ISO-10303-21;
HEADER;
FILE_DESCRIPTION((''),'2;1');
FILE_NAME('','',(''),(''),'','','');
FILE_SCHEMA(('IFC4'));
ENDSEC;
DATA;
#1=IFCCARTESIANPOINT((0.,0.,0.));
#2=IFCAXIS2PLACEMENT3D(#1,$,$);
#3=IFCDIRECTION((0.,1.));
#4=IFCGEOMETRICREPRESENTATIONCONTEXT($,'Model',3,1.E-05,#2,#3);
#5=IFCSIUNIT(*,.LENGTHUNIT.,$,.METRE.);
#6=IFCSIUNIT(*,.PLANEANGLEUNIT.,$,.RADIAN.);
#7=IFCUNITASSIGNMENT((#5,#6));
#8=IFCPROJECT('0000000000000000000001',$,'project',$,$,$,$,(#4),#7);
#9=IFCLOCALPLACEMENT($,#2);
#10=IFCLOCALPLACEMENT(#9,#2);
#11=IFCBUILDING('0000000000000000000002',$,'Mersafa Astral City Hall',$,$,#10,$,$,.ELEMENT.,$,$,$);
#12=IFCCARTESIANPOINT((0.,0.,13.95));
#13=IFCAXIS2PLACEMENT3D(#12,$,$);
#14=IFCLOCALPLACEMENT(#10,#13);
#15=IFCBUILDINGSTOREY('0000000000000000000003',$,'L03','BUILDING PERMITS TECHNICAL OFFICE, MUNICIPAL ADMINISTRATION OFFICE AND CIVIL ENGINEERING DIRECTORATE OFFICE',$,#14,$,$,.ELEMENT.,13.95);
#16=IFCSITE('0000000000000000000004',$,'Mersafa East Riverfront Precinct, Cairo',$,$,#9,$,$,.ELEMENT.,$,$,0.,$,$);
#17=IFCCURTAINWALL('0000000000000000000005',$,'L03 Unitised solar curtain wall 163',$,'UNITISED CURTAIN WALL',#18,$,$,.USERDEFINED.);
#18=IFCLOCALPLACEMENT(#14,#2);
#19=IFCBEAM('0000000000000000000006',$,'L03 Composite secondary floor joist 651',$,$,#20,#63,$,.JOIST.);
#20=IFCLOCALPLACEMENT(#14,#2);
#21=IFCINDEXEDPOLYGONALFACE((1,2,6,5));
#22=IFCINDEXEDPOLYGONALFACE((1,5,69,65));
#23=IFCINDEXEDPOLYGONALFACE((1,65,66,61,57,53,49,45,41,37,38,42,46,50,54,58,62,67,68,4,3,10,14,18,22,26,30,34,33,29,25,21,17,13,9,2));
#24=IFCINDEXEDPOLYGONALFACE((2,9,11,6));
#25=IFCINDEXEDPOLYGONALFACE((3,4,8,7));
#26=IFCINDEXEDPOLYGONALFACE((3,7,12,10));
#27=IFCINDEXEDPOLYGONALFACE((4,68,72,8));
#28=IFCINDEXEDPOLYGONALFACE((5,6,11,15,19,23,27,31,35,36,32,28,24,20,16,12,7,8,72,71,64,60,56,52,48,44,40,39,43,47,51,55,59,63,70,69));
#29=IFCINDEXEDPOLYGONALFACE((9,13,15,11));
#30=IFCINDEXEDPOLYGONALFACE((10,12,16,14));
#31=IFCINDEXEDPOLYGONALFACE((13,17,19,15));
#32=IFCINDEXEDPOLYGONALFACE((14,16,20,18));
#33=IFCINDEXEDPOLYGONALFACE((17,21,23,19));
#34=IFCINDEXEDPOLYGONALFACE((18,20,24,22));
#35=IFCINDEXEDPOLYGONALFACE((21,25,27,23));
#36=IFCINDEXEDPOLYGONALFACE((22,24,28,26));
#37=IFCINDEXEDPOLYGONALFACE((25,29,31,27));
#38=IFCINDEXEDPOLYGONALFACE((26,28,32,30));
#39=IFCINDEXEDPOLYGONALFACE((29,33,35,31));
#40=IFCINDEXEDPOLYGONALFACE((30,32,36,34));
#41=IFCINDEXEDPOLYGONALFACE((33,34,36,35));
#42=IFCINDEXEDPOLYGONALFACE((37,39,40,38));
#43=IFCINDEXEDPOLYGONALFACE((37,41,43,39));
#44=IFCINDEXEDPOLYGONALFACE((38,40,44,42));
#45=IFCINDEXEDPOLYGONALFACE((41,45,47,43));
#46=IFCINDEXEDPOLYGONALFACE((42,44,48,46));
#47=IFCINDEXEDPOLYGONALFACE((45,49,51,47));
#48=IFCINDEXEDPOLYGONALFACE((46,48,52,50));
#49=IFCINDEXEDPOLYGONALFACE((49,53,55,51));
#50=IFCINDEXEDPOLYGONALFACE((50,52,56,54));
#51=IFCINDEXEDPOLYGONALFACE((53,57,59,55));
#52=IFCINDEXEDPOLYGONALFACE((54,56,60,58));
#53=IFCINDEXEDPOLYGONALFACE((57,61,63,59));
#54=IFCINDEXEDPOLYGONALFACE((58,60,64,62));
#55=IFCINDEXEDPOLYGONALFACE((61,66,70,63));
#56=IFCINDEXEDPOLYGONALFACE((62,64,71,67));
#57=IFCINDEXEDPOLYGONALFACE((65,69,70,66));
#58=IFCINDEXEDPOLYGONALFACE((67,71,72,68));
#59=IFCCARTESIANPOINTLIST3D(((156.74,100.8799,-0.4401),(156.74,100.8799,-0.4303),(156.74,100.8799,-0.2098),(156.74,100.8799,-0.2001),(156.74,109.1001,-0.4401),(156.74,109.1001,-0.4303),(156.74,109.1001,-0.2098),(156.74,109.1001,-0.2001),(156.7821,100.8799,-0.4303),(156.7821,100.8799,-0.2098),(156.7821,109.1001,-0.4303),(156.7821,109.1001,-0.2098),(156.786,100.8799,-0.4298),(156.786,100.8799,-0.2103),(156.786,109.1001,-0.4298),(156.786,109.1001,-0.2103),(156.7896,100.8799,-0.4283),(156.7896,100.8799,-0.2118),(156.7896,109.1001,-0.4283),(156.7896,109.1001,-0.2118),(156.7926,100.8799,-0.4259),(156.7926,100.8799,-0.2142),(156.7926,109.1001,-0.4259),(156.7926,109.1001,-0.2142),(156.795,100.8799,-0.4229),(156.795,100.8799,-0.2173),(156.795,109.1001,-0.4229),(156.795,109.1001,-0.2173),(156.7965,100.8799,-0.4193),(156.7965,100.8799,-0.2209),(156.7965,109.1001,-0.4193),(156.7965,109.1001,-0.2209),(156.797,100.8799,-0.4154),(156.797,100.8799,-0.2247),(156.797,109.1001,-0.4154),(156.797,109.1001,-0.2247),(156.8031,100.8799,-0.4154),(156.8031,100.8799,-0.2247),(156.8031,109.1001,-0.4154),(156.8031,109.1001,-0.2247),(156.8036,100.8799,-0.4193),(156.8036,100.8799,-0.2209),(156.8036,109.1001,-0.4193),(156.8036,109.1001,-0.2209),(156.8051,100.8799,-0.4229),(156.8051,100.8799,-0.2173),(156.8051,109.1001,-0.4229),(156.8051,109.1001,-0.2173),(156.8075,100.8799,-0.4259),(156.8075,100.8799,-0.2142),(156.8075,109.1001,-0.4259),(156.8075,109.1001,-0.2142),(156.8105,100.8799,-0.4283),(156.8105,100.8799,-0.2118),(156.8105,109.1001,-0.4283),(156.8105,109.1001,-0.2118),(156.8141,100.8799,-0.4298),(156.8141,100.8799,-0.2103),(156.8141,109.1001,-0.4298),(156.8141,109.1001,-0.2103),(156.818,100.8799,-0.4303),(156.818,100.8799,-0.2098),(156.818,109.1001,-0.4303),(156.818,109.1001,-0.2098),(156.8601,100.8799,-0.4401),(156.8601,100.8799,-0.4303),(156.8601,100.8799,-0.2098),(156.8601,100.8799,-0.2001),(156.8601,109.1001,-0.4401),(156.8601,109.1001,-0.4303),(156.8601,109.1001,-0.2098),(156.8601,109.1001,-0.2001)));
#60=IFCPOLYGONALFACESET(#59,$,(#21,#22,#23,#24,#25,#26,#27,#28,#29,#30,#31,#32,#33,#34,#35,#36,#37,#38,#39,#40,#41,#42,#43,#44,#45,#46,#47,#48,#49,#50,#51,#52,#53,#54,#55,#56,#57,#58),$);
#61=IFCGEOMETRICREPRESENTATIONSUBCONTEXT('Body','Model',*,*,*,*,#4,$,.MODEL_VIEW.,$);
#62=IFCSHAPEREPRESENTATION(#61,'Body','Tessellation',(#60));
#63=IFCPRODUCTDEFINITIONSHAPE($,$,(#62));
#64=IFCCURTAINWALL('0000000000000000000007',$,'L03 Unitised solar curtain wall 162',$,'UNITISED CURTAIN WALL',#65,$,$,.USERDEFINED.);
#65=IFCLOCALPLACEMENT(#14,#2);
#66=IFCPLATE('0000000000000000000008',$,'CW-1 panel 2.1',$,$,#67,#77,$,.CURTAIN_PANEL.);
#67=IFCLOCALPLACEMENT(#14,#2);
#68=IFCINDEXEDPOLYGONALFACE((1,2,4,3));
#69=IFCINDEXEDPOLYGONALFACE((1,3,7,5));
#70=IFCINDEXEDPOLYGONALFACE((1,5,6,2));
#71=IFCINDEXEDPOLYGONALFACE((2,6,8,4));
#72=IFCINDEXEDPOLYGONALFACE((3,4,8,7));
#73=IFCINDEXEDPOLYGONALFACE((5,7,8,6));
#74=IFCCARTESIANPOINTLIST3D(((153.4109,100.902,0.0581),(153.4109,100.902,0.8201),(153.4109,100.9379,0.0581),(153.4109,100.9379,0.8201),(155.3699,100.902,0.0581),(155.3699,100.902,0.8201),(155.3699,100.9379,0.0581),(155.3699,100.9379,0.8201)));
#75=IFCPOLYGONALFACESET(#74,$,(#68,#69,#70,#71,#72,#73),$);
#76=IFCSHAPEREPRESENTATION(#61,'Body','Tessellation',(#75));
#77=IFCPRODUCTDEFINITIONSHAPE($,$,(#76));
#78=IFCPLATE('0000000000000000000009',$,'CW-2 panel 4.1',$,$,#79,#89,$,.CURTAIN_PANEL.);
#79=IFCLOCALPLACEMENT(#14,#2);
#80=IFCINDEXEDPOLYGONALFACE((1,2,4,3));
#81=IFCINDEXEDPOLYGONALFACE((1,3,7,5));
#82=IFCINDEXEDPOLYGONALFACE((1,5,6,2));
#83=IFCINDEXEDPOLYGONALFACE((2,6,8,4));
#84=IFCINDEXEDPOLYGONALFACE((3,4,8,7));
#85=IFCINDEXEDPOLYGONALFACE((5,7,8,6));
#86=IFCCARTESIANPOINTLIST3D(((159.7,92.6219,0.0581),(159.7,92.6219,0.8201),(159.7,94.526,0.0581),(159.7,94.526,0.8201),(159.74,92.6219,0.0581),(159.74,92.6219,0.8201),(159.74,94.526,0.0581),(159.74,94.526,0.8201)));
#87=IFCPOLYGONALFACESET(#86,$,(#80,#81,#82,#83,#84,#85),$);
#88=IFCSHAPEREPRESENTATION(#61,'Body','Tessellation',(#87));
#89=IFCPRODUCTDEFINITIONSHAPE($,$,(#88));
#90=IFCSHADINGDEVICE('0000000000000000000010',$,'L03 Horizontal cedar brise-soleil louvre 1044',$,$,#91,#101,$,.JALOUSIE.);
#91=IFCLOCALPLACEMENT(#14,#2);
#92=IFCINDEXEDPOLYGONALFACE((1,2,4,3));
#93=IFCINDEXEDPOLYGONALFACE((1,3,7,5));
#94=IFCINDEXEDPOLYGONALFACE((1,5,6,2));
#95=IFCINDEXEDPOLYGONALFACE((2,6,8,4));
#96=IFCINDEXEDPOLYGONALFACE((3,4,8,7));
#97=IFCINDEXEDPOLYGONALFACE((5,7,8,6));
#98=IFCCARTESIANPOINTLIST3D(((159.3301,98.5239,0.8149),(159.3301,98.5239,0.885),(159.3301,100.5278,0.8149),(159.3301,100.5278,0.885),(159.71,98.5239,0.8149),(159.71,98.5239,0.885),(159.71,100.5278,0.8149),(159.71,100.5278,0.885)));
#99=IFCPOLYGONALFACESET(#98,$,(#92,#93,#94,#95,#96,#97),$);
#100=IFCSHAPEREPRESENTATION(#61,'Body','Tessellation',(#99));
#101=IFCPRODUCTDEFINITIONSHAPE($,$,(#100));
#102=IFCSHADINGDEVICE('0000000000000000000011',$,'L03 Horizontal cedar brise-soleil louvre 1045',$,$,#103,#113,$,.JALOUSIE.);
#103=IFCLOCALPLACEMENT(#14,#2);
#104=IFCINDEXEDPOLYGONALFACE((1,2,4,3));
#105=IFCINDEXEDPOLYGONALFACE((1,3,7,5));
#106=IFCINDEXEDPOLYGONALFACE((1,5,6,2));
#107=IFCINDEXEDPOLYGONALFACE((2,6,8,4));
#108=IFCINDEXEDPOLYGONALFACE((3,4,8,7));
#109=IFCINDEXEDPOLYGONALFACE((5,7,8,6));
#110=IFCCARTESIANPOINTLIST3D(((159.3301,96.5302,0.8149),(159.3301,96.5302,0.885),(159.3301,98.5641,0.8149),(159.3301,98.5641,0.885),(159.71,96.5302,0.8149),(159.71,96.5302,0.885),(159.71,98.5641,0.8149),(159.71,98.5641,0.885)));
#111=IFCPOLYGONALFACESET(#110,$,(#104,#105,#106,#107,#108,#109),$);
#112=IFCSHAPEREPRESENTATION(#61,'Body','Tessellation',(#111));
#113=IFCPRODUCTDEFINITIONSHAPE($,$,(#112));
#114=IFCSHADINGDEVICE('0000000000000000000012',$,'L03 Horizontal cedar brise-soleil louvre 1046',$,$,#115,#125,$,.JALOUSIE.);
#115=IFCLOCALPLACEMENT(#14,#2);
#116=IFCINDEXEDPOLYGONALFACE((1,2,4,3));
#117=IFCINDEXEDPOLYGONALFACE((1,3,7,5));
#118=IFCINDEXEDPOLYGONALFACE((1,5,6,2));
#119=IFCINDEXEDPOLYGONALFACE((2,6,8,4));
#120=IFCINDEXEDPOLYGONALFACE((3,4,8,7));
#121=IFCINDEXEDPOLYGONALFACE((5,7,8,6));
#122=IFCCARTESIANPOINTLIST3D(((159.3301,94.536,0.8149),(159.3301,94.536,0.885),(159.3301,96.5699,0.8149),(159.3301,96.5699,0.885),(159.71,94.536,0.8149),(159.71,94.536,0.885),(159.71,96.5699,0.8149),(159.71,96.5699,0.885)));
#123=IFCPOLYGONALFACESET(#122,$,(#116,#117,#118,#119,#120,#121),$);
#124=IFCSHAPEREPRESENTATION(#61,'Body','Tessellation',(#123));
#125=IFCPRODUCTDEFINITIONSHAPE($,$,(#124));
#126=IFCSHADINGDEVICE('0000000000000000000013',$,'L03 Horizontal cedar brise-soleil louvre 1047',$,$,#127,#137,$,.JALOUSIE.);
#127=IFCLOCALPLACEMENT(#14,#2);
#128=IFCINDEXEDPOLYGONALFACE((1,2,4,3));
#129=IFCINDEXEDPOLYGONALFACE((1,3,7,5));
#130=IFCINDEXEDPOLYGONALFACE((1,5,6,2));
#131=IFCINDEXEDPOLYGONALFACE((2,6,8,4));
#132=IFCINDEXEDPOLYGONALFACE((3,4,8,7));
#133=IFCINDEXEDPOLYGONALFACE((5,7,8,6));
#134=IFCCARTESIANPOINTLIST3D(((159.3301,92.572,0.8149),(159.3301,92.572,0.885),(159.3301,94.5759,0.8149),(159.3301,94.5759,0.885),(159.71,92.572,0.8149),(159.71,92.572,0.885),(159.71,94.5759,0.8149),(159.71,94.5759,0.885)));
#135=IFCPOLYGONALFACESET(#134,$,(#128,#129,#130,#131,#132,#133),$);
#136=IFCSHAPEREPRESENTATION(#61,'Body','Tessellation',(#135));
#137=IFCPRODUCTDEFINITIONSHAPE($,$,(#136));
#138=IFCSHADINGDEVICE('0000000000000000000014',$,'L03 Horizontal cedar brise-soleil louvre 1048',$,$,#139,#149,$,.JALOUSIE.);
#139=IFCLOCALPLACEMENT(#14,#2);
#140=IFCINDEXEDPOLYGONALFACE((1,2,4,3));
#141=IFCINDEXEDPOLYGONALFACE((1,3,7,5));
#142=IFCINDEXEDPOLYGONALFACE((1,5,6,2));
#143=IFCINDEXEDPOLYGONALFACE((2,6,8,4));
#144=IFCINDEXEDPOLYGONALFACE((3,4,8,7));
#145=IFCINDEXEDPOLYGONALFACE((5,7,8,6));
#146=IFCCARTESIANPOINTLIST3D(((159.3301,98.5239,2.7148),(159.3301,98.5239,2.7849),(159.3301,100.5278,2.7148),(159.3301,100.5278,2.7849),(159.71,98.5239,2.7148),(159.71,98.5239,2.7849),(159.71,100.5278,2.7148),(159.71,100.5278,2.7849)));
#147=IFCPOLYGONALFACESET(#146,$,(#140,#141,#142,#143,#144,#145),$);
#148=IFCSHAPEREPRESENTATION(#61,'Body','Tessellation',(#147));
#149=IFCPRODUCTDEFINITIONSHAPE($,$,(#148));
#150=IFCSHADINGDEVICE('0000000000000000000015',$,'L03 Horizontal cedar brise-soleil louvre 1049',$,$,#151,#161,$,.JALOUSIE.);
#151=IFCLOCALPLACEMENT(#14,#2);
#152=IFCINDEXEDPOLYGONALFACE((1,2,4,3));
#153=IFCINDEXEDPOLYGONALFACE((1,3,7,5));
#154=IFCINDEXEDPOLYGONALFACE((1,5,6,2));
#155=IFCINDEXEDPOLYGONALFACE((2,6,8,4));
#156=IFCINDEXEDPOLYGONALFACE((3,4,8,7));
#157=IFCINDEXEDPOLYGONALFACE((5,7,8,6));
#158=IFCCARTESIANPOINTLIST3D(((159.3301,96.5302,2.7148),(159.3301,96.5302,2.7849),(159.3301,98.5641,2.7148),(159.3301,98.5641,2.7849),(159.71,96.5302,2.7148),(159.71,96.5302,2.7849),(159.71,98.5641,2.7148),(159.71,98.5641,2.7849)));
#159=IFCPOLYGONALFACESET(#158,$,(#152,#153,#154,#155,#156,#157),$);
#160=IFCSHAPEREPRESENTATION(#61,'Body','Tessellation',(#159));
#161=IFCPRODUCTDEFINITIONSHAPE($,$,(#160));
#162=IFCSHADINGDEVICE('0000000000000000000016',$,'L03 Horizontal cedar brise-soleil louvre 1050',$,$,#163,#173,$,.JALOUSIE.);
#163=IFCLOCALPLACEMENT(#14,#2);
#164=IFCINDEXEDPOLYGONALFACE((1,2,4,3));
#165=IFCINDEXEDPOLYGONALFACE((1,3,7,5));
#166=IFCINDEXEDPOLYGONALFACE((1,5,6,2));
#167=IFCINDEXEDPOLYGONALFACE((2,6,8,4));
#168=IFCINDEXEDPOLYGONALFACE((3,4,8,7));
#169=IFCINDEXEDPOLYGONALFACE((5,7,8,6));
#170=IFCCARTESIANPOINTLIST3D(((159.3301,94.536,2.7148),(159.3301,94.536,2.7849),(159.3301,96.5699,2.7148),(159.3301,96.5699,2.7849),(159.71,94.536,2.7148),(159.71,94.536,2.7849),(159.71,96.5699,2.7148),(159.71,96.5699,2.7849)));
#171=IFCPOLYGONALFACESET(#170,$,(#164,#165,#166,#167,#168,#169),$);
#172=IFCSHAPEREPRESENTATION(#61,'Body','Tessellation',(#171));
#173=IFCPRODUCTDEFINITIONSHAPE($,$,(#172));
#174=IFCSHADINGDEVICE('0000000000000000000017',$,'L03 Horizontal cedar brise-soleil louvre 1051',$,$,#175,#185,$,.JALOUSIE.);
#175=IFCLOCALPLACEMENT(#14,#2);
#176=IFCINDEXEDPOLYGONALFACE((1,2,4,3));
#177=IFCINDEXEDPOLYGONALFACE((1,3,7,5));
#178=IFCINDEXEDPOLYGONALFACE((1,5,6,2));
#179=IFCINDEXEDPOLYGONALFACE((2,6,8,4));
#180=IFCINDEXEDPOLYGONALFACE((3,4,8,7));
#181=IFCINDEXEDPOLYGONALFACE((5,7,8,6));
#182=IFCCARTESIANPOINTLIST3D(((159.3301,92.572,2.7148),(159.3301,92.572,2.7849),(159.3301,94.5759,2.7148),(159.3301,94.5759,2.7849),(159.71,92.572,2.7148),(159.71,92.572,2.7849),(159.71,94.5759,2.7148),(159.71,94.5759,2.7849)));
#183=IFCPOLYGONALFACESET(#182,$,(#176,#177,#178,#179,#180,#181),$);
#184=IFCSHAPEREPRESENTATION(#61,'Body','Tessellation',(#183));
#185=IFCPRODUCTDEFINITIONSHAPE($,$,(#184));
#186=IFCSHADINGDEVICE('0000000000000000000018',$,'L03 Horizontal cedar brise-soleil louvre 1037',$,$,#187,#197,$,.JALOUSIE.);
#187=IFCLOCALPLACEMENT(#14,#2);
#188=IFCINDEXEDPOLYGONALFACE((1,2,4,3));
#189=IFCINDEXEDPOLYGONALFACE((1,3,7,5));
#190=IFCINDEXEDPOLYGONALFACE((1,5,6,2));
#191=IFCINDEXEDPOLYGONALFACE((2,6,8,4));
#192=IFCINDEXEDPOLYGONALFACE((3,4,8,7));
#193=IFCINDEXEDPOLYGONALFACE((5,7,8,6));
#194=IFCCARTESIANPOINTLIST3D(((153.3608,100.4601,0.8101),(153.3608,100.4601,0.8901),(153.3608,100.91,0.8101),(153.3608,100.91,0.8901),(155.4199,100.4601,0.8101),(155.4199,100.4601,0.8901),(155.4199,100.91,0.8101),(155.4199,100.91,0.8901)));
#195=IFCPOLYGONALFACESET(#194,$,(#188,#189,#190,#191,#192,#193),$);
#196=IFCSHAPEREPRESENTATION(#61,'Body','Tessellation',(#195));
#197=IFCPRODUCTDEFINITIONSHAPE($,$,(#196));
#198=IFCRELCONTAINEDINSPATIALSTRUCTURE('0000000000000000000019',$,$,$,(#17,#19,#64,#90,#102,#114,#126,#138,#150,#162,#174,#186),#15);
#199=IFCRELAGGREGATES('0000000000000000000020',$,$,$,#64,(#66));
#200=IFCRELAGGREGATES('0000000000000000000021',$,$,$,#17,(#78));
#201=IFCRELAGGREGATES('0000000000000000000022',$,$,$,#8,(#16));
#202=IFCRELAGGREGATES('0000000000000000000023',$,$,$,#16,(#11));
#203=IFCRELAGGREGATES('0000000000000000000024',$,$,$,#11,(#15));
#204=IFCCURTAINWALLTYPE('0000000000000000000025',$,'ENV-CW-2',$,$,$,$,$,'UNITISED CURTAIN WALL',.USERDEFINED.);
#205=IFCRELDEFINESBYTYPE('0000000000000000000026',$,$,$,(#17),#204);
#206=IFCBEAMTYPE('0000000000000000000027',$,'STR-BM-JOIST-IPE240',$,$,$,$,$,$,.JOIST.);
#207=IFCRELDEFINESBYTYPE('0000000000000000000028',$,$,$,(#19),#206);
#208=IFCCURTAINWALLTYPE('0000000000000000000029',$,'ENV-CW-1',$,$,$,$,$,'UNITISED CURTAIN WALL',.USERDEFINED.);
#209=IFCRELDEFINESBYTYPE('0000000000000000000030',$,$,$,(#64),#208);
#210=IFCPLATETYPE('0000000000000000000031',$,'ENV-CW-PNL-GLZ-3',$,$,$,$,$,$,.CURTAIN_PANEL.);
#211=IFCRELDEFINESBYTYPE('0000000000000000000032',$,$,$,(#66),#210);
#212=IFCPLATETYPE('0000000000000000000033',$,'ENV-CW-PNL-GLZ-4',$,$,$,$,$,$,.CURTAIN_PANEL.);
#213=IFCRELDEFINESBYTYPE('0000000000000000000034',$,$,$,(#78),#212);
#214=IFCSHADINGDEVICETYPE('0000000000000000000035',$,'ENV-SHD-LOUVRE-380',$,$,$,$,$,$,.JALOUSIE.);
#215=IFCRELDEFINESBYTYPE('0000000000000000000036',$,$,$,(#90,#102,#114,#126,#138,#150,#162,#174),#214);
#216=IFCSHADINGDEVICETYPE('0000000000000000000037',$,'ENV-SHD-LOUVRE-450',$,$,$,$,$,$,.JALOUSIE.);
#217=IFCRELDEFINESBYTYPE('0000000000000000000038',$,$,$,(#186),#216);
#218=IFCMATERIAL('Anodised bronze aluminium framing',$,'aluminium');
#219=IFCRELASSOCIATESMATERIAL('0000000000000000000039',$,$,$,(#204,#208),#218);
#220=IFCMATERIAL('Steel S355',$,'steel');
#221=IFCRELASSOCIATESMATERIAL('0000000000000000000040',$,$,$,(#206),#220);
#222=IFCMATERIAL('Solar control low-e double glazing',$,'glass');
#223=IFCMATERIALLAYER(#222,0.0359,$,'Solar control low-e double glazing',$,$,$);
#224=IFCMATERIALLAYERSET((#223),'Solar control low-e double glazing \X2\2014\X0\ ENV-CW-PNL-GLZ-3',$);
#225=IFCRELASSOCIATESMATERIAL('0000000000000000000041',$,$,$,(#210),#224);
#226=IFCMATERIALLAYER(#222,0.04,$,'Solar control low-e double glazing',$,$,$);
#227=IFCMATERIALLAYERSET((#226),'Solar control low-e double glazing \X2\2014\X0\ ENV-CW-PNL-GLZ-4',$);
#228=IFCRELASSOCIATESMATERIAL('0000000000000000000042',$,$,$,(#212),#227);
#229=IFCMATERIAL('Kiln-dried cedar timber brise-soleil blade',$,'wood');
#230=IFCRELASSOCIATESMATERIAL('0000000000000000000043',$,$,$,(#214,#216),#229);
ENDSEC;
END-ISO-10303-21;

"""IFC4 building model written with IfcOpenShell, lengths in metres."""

from ifc_helpers import new_model, si_unit, direction, frame, origin, origin_2d, place, context, subcontext, project, spatial, rectangle, i_section, extrude, material, layer, layer_set, material_profile, profile_set, type_object, element, aggregate, save


model = new_model("IFC4")

# Units and contexts
model_context = context("Model", 3, precision=1e-05, world=origin(), true_north=direction((0.0, 1.0)))
body_context = subcontext(model_context, "Body", "Model", "MODEL_VIEW")
ifc_project = project(units=[si_unit("LENGTHUNIT", "METRE"), si_unit("PLANEANGLEUNIT", "RADIAN")], contexts=[model_context])

# Site, building, storey
site_placement = place(None, origin())
site = spatial("IfcSite", under=ifc_project, at=site_placement, Name="Mersafa East Riverfront Precinct, Cairo", CompositionType="ELEMENT", RefElevation=0.0)
building_placement = place(site_placement, origin())
building = spatial("IfcBuilding", under=site, at=building_placement, Name="Mersafa Astral City Hall", CompositionType="ELEMENT")
storey_placement = place(building_placement, frame((0.0, 0.0, 13.95)))
storey = spatial("IfcBuildingStorey", under=building, at=storey_placement, Name="L03", Description="BUILDING PERMITS TECHNICAL OFFICE, MUNICIPAL ADMINISTRATION OFFICE AND CIVIL ENGINEERING DIRECTORATE OFFICE", CompositionType="ELEMENT", Elevation=13.95)

# Shared definitions
ifc_material_1 = material(Name="Steel S355", Category="steel")

# Curtain wall
ifc_material_2 = material(Name="Anodised bronze aluminium framing", Category="aluminium")
curtain_wall_type_1 = type_object("IfcCurtainWallType", Name="ENV-CW-2", ElementType="UNITISED CURTAIN WALL", PredefinedType="USERDEFINED", material=ifc_material_2)
curtain_wall_1_placement = place(storey_placement, origin())
curtain_wall_1 = element("IfcCurtainWall", 1, at=curtain_wall_1_placement, inside=storey, type_object=curtain_wall_type_1, Name="L03 Unitised solar curtain wall 163", ObjectType="UNITISED CURTAIN WALL", PredefinedType="USERDEFINED")

# Beam
ifc_material_profile_1 = material_profile(ifc_material_1, i_section(OverallWidth=0.1201, OverallDepth=0.24, WebThickness=0.0061, FlangeThickness=0.0098, FilletRadius=0.0149, at=origin_2d()), Name="IPE 240")
ifc_profile_set_1 = profile_set([ifc_material_profile_1], Name="Steel S355")
beam_type_1 = type_object("IfcBeamType", Name="STR-BM-JOIST-IPE240", PredefinedType="JOIST", material=ifc_profile_set_1)
for number, where, z_axis, x_axis, name in (
    (2, (156.8, 100.8799, -0.3201), (0.0, 1.0, 0.0), (-1.0, 0.0, 0.0), "L03 Composite secondary floor joist 651"),
):
    element("IfcBeam", number, at=place(storey_placement, frame(where, z_axis=z_axis, x_axis=x_axis)), inside=storey, type_object=beam_type_1, Name=name, PredefinedType="JOIST", context=body_context, shape_type="SweptSolid", body=[
        extrude(i_section(OverallWidth=0.1201, OverallDepth=0.24, WebThickness=0.0061, FlangeThickness=0.0098, FilletRadius=0.0149, at=origin_2d()), origin(), (0.0, 0.0, 1.0), 8.2202),
    ])

# Curtain wall, plate
curtain_wall_type_2 = type_object("IfcCurtainWallType", Name="ENV-CW-1", ElementType="UNITISED CURTAIN WALL", PredefinedType="USERDEFINED", material=ifc_material_2)
curtain_wall_2_placement = place(storey_placement, origin())
curtain_wall_2 = element("IfcCurtainWall", 3, at=curtain_wall_2_placement, inside=storey, type_object=curtain_wall_type_2, Name="L03 Unitised solar curtain wall 162", ObjectType="UNITISED CURTAIN WALL", PredefinedType="USERDEFINED")
ifc_material_3 = material(Name="Solar control low-e double glazing", Category="glass")
ifc_layer_1 = layer(ifc_material_3, 0.0359, Name="Solar control low-e double glazing")
ifc_layer_set_1 = layer_set([ifc_layer_1], Name="Solar control low-e double glazing — ENV-CW-PNL-GLZ-3")
plate_type_1 = type_object("IfcPlateType", Name="ENV-CW-PNL-GLZ-3", PredefinedType="CURTAIN_PANEL", material=ifc_layer_set_1)
plate_1_placement = place(storey_placement, frame((154.3904, 100.9199, 0.0581), z_axis=(0.0, 0.0, 1.0), x_axis=(1.0, 0.0, 0.0)))
plate_1 = element("IfcPlate", 4, at=plate_1_placement, type_object=plate_type_1, Name="CW-1 panel 2.1", PredefinedType="CURTAIN_PANEL", context=body_context, shape_type="SweptSolid", body=[
    extrude(rectangle(XDim=1.959, YDim=0.0359, at=origin_2d()), origin(), (0.0, 0.0, 1.0), 0.762),
])
aggregate(curtain_wall_2, [plate_1])

# Plate
ifc_layer_2 = layer(ifc_material_3, 0.04, Name="Solar control low-e double glazing")
ifc_layer_set_2 = layer_set([ifc_layer_2], Name="Solar control low-e double glazing — ENV-CW-PNL-GLZ-4")
plate_type_2 = type_object("IfcPlateType", Name="ENV-CW-PNL-GLZ-4", PredefinedType="CURTAIN_PANEL", material=ifc_layer_set_2)
plate_2_placement = place(storey_placement, frame((159.72, 93.574, 0.0581), z_axis=(0.0, 0.0, 1.0), x_axis=(0.0, -1.0, 0.0)))
plate_2 = element("IfcPlate", 5, at=plate_2_placement, type_object=plate_type_2, Name="CW-2 panel 4.1", PredefinedType="CURTAIN_PANEL", context=body_context, shape_type="SweptSolid", body=[
    extrude(rectangle(XDim=1.9041, YDim=0.04, at=origin_2d()), origin(), (0.0, 0.0, 1.0), 0.762),
])
aggregate(curtain_wall_1, [plate_2])

# Shading devices
ifc_material_4 = material(Name="Kiln-dried cedar timber brise-soleil blade", Category="wood")
shading_device_type_1 = type_object("IfcShadingDeviceType", Name="ENV-SHD-LOUVRE-380", PredefinedType="JALOUSIE", material=ifc_material_4)
shading_device_1_placement = place(storey_placement, frame((159.52, 99.5259, 0.8149), z_axis=(0.0, 0.0, 1.0), x_axis=(0.0, -1.0, 0.0)))
element("IfcShadingDevice", 6, at=shading_device_1_placement, inside=storey, type_object=shading_device_type_1, Name="L03 Horizontal cedar brise-soleil louvre 1044", PredefinedType="JALOUSIE", context=body_context, shape_type="SweptSolid", body=[
    extrude(rectangle(XDim=2.0039, YDim=0.3799, at=origin_2d()), origin(), (0.0, 0.0, 1.0), 0.0701),
])
for number, where, z_axis, x_axis, name in (
    (7, (159.52, 97.5471, 0.8149), (0.0, 0.0, 1.0), (0.0, -1.0, 0.0), "L03 Horizontal cedar brise-soleil louvre 1045"),
    (8, (159.52, 95.553, 0.8149), (0.0, 0.0, 1.0), (0.0, -1.0, 0.0), "L03 Horizontal cedar brise-soleil louvre 1046"),
):
    element("IfcShadingDevice", number, at=place(storey_placement, frame(where, z_axis=z_axis, x_axis=x_axis)), inside=storey, type_object=shading_device_type_1, Name=name, PredefinedType="JALOUSIE", context=body_context, shape_type="SweptSolid", body=[
        extrude(rectangle(XDim=2.0339, YDim=0.3799, at=origin_2d()), origin(), (0.0, 0.0, 1.0), 0.0701),
    ])
for number, where, z_axis, x_axis, name in (
    (9, (159.52, 93.574, 0.8149), (0.0, 0.0, 1.0), (0.0, -1.0, 0.0), "L03 Horizontal cedar brise-soleil louvre 1047"),
    (10, (159.52, 99.5259, 2.7148), (0.0, 0.0, 1.0), (0.0, -1.0, 0.0), "L03 Horizontal cedar brise-soleil louvre 1048"),
):
    element("IfcShadingDevice", number, at=place(storey_placement, frame(where, z_axis=z_axis, x_axis=x_axis)), inside=storey, type_object=shading_device_type_1, Name=name, PredefinedType="JALOUSIE", context=body_context, shape_type="SweptSolid", body=[
        extrude(rectangle(XDim=2.0039, YDim=0.3799, at=origin_2d()), origin(), (0.0, 0.0, 1.0), 0.0701),
    ])
for number, where, z_axis, x_axis, name in (
    (11, (159.52, 97.5471, 2.7148), (0.0, 0.0, 1.0), (0.0, -1.0, 0.0), "L03 Horizontal cedar brise-soleil louvre 1049"),
    (12, (159.52, 95.553, 2.7148), (0.0, 0.0, 1.0), (0.0, -1.0, 0.0), "L03 Horizontal cedar brise-soleil louvre 1050"),
):
    element("IfcShadingDevice", number, at=place(storey_placement, frame(where, z_axis=z_axis, x_axis=x_axis)), inside=storey, type_object=shading_device_type_1, Name=name, PredefinedType="JALOUSIE", context=body_context, shape_type="SweptSolid", body=[
        extrude(rectangle(XDim=2.0339, YDim=0.3799, at=origin_2d()), origin(), (0.0, 0.0, 1.0), 0.0701),
    ])
shading_device_2_placement = place(storey_placement, frame((159.52, 93.574, 2.7148), z_axis=(0.0, 0.0, 1.0), x_axis=(0.0, -1.0, 0.0)))
element("IfcShadingDevice", 13, at=shading_device_2_placement, inside=storey, type_object=shading_device_type_1, Name="L03 Horizontal cedar brise-soleil louvre 1051", PredefinedType="JALOUSIE", context=body_context, shape_type="SweptSolid", body=[
    extrude(rectangle(XDim=2.0039, YDim=0.3799, at=origin_2d()), origin(), (0.0, 0.0, 1.0), 0.0701),
])
shading_device_type_2 = type_object("IfcShadingDeviceType", Name="ENV-SHD-LOUVRE-450", PredefinedType="JALOUSIE", material=ifc_material_4)
for number, where, z_axis, x_axis, name in (
    (14, (154.3904, 100.6851, 0.8101), (0.0, 0.0, 1.0), (1.0, 0.0, 0.0), "L03 Horizontal cedar brise-soleil louvre 1037"),
):
    element("IfcShadingDevice", number, at=place(storey_placement, frame(where, z_axis=z_axis, x_axis=x_axis)), inside=storey, type_object=shading_device_type_2, Name=name, PredefinedType="JALOUSIE", context=body_context, shape_type="SweptSolid", body=[
        extrude(rectangle(XDim=2.0591, YDim=0.45, at=origin_2d()), origin(), (0.0, 0.0, 1.0), 0.0801),
    ])

save(model, "model.ifc")
